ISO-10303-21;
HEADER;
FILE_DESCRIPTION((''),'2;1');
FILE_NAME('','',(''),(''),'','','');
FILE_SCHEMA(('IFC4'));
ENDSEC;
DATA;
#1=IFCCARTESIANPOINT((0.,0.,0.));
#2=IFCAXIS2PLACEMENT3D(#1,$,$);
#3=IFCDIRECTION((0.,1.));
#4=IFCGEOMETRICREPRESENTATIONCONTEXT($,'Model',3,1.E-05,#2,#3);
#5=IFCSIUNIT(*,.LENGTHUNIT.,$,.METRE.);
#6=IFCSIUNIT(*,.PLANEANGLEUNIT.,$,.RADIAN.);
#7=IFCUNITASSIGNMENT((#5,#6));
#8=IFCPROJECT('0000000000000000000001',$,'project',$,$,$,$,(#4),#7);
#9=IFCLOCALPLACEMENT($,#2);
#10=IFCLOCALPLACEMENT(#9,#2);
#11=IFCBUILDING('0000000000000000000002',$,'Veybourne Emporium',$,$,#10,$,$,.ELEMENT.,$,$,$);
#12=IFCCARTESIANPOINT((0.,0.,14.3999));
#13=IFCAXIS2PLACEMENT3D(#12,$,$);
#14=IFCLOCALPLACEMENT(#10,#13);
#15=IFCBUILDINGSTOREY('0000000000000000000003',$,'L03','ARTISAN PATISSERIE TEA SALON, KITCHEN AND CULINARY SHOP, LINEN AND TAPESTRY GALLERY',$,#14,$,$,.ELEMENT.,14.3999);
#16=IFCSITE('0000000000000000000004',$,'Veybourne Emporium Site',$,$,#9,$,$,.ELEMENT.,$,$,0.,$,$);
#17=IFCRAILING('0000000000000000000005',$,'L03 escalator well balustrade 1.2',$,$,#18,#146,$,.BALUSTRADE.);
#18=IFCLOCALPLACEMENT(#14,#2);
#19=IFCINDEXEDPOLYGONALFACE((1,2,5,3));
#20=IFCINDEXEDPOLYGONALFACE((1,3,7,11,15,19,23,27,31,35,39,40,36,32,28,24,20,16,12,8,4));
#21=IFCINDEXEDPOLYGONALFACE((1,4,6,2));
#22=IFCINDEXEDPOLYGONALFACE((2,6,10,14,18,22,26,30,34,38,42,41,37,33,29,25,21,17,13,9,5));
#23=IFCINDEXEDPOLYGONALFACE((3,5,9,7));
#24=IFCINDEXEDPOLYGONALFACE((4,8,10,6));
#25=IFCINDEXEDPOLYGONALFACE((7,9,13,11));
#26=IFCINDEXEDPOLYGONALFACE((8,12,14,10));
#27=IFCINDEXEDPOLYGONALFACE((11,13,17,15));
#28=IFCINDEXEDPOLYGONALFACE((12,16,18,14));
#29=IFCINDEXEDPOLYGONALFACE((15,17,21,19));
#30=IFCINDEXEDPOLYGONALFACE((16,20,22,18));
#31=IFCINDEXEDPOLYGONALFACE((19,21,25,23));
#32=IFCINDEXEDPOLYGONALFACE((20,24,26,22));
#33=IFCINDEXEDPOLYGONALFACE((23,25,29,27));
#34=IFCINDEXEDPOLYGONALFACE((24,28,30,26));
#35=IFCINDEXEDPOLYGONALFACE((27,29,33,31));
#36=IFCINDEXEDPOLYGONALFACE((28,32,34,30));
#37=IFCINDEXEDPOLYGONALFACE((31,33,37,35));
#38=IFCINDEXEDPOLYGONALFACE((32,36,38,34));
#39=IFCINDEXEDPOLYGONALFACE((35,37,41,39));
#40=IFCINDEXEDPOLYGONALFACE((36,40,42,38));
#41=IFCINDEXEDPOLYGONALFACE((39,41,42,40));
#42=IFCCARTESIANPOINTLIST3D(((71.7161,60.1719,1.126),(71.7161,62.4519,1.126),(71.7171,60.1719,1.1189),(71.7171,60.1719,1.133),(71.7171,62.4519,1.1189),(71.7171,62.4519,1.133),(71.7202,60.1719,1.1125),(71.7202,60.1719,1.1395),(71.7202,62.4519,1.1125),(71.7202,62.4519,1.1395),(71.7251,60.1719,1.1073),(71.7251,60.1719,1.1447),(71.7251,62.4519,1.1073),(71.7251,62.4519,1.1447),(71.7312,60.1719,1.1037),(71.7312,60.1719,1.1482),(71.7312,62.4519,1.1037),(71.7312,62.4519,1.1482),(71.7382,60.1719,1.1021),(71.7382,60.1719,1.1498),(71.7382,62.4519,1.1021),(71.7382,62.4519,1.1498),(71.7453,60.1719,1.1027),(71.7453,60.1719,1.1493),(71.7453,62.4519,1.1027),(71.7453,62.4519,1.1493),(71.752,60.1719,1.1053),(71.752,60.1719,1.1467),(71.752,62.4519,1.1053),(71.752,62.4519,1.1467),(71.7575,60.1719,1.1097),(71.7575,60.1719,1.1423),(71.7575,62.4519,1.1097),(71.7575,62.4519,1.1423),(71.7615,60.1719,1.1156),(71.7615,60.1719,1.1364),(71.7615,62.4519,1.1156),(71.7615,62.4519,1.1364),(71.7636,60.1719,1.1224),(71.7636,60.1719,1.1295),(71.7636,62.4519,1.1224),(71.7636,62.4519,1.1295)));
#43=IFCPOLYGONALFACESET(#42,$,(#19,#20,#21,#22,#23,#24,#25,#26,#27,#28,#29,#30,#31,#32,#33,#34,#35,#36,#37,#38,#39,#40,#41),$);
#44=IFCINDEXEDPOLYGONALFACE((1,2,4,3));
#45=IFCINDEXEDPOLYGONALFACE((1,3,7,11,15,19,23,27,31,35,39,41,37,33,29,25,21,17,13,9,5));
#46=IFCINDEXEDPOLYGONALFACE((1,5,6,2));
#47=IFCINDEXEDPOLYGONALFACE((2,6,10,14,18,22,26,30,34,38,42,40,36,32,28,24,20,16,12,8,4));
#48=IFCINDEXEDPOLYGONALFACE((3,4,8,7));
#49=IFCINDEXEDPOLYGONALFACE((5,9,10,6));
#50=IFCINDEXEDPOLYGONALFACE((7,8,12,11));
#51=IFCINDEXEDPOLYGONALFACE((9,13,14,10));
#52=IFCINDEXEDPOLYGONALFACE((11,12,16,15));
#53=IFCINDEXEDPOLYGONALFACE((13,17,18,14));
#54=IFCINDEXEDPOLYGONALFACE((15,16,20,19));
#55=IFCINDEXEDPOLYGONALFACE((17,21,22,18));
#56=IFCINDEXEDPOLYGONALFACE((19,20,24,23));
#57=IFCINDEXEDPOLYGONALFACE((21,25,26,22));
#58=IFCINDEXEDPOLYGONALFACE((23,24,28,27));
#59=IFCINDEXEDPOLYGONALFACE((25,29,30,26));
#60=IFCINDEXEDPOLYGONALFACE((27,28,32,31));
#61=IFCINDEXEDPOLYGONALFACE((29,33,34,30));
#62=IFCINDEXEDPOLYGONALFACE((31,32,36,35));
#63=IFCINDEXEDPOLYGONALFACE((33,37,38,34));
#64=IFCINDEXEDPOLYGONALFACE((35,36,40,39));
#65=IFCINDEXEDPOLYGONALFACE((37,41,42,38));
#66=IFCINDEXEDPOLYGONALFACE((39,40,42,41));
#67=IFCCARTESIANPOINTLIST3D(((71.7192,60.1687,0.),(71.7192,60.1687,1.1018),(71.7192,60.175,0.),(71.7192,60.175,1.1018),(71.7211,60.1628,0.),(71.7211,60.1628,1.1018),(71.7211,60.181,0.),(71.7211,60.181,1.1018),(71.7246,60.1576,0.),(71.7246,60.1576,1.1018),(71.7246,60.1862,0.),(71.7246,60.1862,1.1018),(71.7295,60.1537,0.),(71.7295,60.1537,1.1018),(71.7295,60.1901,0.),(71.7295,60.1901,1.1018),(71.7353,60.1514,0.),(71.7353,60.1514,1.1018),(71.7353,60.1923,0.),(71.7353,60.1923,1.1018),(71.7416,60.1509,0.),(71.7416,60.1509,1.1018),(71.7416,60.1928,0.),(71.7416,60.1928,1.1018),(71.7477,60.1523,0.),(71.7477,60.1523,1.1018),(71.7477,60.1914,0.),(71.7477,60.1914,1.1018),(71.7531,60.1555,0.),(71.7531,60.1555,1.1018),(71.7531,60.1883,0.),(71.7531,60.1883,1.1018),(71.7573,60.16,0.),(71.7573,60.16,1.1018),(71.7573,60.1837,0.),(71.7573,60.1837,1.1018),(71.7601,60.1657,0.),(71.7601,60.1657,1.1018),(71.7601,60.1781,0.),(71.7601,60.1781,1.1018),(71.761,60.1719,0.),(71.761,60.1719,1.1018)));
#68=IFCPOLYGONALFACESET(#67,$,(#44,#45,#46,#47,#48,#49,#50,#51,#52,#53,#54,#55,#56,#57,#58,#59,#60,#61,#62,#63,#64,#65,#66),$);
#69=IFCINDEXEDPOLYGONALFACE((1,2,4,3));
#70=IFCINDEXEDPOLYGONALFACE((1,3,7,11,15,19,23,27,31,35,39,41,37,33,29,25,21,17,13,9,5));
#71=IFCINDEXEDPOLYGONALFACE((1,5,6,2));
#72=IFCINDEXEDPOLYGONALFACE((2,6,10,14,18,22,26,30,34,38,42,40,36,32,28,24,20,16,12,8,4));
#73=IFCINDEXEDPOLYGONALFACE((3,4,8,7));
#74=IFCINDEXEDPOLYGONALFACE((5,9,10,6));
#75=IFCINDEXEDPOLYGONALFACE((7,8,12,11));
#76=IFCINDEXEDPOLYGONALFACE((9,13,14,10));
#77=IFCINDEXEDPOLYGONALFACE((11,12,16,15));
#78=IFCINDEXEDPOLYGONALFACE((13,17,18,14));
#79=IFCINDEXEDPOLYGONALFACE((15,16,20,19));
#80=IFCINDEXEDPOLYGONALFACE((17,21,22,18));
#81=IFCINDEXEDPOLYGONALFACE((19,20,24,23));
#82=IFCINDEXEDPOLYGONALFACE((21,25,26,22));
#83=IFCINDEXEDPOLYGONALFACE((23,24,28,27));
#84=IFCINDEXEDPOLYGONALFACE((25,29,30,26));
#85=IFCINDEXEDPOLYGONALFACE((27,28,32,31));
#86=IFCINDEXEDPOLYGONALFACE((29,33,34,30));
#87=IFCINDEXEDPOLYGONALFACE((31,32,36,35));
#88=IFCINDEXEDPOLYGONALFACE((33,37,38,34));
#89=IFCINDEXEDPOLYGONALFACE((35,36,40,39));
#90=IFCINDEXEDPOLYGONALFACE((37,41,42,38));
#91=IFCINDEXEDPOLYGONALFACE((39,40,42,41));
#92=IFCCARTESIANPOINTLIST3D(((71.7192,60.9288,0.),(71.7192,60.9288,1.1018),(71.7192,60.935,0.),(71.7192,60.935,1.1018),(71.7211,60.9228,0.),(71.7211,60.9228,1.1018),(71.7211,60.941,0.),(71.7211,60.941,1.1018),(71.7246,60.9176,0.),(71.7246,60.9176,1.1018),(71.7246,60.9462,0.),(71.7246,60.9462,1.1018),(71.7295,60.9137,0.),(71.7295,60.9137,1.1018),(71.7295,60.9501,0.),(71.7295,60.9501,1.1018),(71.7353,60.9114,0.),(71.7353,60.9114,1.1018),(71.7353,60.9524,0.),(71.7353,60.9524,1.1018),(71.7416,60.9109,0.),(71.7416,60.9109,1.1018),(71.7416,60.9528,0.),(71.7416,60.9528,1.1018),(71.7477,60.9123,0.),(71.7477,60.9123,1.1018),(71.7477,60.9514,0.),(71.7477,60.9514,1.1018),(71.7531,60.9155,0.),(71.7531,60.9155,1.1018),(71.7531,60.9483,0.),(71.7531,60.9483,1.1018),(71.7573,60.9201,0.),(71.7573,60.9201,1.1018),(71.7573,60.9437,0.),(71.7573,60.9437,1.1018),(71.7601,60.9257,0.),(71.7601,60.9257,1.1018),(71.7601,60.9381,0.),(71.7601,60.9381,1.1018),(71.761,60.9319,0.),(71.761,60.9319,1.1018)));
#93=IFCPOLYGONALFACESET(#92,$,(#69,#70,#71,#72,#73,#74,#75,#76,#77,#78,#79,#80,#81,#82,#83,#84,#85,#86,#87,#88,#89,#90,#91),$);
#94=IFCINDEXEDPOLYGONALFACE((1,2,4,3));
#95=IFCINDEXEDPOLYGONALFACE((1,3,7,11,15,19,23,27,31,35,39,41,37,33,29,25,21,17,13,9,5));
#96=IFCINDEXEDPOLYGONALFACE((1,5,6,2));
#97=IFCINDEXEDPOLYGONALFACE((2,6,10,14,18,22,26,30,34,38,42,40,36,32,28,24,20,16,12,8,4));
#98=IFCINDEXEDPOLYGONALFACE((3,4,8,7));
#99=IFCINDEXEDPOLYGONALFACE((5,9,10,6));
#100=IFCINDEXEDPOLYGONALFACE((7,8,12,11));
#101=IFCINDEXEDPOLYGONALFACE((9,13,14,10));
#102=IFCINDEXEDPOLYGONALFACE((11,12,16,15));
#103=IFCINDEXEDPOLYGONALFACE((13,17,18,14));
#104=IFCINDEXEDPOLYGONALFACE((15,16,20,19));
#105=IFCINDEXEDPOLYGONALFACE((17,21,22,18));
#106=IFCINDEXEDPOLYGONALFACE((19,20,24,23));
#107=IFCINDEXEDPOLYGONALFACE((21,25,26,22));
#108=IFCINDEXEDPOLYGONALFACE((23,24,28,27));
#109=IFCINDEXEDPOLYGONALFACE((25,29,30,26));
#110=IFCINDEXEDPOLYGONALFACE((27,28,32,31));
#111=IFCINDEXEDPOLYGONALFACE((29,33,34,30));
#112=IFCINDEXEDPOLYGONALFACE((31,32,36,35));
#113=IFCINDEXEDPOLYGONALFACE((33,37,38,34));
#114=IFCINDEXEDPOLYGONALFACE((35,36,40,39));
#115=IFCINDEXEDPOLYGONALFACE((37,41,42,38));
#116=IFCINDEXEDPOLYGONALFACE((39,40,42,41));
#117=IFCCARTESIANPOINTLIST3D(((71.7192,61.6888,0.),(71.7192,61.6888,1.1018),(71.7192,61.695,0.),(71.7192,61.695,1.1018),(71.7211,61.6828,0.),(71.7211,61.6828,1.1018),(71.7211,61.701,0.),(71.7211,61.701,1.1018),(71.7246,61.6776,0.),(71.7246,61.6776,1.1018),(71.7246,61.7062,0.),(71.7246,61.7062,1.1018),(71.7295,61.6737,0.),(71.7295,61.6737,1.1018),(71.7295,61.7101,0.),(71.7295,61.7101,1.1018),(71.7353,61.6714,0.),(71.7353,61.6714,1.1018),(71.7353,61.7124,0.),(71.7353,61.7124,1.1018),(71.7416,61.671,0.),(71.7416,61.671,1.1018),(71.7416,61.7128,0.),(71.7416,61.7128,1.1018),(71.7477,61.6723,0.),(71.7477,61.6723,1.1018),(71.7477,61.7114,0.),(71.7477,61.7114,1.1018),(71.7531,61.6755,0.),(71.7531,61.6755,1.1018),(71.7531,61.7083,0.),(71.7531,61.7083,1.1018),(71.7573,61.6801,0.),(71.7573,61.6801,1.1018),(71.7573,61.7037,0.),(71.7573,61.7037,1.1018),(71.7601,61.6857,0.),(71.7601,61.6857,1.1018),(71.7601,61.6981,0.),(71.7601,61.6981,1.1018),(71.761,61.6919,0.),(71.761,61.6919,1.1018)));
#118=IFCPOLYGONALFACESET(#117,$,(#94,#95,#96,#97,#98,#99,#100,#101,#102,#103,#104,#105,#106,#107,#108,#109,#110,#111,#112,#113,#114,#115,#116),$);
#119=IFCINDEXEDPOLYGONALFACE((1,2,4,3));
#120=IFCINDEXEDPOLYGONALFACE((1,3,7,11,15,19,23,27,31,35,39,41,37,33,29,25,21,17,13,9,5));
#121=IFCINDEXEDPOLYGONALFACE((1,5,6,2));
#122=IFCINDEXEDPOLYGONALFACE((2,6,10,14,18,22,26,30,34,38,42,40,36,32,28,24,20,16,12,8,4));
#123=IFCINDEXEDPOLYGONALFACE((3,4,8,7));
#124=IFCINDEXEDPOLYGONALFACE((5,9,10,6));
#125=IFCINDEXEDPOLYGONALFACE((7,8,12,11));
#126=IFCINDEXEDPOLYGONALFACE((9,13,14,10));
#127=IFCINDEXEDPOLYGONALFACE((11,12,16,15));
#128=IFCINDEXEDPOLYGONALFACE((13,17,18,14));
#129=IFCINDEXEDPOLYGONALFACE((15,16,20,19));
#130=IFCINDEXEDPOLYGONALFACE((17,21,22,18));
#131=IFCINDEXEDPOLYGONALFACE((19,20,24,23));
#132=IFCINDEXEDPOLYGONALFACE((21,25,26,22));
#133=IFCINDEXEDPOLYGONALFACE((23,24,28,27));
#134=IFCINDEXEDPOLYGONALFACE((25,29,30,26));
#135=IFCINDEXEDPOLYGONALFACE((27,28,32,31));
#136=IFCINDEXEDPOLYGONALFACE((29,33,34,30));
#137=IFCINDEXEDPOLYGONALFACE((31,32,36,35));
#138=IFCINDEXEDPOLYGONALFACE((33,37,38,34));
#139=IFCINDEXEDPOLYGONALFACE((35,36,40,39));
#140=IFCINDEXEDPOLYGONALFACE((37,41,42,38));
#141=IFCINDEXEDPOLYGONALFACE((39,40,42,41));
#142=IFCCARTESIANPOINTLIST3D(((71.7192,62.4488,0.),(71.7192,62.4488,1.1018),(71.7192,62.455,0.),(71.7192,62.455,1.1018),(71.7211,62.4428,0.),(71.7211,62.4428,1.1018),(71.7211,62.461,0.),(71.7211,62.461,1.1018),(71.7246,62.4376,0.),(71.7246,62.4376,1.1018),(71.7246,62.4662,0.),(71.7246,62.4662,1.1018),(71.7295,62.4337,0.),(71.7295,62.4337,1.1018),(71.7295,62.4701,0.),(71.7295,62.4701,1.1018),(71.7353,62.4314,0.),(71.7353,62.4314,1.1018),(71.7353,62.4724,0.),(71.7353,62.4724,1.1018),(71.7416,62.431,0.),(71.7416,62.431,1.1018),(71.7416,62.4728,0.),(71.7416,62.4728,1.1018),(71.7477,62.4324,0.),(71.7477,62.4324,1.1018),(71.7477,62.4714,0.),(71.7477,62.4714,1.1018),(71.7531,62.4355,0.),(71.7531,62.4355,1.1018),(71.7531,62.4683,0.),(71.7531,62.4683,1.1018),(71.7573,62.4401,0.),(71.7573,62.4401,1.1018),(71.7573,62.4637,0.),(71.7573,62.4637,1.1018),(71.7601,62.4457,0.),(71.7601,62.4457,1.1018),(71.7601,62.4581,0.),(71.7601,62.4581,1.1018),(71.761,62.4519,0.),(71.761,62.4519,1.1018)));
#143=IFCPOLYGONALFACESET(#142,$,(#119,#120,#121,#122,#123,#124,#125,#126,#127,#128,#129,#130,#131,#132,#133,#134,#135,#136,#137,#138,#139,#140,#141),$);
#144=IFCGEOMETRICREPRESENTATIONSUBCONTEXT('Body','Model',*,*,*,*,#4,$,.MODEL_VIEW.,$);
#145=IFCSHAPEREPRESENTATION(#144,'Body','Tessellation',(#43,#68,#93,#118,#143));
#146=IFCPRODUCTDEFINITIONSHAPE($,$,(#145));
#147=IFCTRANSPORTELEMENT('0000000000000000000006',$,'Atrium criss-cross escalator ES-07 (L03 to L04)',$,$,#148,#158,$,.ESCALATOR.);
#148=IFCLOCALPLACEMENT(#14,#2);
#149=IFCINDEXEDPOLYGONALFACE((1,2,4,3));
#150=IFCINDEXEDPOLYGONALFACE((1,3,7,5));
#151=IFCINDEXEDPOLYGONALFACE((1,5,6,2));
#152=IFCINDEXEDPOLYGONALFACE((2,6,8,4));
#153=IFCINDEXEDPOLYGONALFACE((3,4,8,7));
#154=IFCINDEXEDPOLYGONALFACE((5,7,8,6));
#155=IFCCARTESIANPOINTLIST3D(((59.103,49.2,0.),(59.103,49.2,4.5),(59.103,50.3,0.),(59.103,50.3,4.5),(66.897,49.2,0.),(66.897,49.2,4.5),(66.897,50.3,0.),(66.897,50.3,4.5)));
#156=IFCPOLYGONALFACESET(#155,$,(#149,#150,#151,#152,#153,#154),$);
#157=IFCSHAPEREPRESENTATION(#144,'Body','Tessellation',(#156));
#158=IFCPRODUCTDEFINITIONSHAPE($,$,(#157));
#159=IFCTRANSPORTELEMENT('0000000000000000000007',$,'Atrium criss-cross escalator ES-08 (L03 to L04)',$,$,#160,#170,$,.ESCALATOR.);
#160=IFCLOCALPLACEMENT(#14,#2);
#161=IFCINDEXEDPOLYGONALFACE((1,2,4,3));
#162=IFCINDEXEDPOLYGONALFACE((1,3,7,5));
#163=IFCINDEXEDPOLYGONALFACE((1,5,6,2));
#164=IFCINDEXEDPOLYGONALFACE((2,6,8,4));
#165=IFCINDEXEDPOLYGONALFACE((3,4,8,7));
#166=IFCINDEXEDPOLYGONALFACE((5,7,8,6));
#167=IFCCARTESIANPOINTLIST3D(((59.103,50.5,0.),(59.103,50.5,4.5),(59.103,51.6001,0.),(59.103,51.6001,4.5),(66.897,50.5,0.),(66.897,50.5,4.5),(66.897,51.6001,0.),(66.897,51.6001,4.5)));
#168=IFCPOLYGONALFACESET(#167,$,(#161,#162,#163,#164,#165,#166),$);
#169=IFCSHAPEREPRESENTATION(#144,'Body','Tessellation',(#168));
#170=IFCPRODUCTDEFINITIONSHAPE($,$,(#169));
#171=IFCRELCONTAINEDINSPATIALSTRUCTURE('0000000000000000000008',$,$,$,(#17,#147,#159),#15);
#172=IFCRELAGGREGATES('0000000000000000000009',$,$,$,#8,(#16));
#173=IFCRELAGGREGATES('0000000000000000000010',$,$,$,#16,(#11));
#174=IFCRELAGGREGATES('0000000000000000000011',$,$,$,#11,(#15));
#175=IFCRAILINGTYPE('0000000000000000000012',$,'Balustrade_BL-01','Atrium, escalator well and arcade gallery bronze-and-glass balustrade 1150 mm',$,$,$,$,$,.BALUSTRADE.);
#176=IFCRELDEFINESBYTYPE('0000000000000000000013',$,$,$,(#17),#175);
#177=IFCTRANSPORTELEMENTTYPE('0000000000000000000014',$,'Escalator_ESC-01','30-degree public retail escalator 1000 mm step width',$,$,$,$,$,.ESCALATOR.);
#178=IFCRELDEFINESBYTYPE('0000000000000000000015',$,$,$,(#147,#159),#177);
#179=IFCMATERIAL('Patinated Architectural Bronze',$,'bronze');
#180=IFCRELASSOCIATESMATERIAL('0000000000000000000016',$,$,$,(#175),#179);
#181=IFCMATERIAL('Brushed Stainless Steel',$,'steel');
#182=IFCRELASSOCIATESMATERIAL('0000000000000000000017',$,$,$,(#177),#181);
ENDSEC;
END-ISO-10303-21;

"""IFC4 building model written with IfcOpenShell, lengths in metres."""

from ifc_helpers import new_model, si_unit, direction, frame, origin, origin_2d, place, context, subcontext, project, spatial, rectangle, circle, extrude, material, type_object, element, save


model = new_model("IFC4")

# Units and contexts
model_context = context("Model", 3, precision=1e-05, world=origin(), true_north=direction((0.0, 1.0)))
body_context = subcontext(model_context, "Body", "Model", "MODEL_VIEW")
ifc_project = project(units=[si_unit("LENGTHUNIT", "METRE"), si_unit("PLANEANGLEUNIT", "RADIAN")], contexts=[model_context])

# Site, building, storey
site_placement = place(None, origin())
site = spatial("IfcSite", under=ifc_project, at=site_placement, Name="Veybourne Emporium Site", CompositionType="ELEMENT", RefElevation=0.0)
building_placement = place(site_placement, origin())
building = spatial("IfcBuilding", under=site, at=building_placement, Name="Veybourne Emporium", CompositionType="ELEMENT")
storey_placement = place(building_placement, frame((0.0, 0.0, 14.3999)))
storey = spatial("IfcBuildingStorey", under=building, at=storey_placement, Name="L03", Description="ARTISAN PATISSERIE TEA SALON, KITCHEN AND CULINARY SHOP, LINEN AND TAPESTRY GALLERY", CompositionType="ELEMENT", Elevation=14.3999)

# Railing
ifc_material_1 = material(Name="Patinated Architectural Bronze", Category="bronze")
railing_type = type_object("IfcRailingType", Name="Balustrade_BL-01", Description="Atrium, escalator well and arcade gallery bronze-and-glass balustrade 1150 mm", PredefinedType="BALUSTRADE", material=ifc_material_1)
railing_1_placement = place(storey_placement, frame((71.74, 60.1719, 0.0)))
element("IfcRailing", 1, at=railing_1_placement, inside=storey, type_object=railing_type, Name="L03 escalator well balustrade 1.2", PredefinedType="BALUSTRADE", context=body_context, shape_type="SweptSolid", body=[
    extrude(circle(Radius=0.0239, at=origin_2d()), frame((0.0, 0.0, 1.126), z_axis=(0.0, 1.0, 0.0), x_axis=(-1.0, 0.0, 0.0)), (0.0, 0.0, 1.0), 2.28),
    extrude(circle(Radius=0.021, at=origin_2d()), origin(), (0.0, 0.0, 1.0), 1.1018),
    extrude(circle(Radius=0.021, at=origin_2d()), frame((0.0, 0.76, 0.0)), (0.0, 0.0, 1.0), 1.1018),
    extrude(circle(Radius=0.021, at=origin_2d()), frame((0.0, 1.52, 0.0)), (0.0, 0.0, 1.0), 1.1018),
    extrude(circle(Radius=0.021, at=origin_2d()), frame((0.0, 2.28, 0.0)), (0.0, 0.0, 1.0), 1.1018),
])

# Transport elements
ifc_material_2 = material(Name="Brushed Stainless Steel", Category="steel")
transport_element_type = type_object("IfcTransportElementType", Name="Escalator_ESC-01", Description="30-degree public retail escalator 1000 mm step width", PredefinedType="ESCALATOR", material=ifc_material_2)
for number, where, z_axis, x_axis, name in (
    (2, (63.0, 49.75, 0.0), (0.0, 0.0, 1.0), (1.0, 0.0, 0.0), "Atrium criss-cross escalator ES-07 (L03 to L04)"),
    (3, (63.0, 51.05, 0.0), (0.0, 0.0, 1.0), (1.0, 0.0, 0.0), "Atrium criss-cross escalator ES-08 (L03 to L04)"),
):
    element("IfcTransportElement", number, at=place(storey_placement, frame(where, z_axis=z_axis, x_axis=x_axis)), inside=storey, type_object=transport_element_type, Name=name, PredefinedType="ESCALATOR", context=body_context, shape_type="SweptSolid", body=[
        extrude(rectangle(XDim=7.7939, YDim=1.1001, at=origin_2d()), origin(), (0.0, 0.0, 1.0), 4.5),
    ])

save(model, "model.ifc")
